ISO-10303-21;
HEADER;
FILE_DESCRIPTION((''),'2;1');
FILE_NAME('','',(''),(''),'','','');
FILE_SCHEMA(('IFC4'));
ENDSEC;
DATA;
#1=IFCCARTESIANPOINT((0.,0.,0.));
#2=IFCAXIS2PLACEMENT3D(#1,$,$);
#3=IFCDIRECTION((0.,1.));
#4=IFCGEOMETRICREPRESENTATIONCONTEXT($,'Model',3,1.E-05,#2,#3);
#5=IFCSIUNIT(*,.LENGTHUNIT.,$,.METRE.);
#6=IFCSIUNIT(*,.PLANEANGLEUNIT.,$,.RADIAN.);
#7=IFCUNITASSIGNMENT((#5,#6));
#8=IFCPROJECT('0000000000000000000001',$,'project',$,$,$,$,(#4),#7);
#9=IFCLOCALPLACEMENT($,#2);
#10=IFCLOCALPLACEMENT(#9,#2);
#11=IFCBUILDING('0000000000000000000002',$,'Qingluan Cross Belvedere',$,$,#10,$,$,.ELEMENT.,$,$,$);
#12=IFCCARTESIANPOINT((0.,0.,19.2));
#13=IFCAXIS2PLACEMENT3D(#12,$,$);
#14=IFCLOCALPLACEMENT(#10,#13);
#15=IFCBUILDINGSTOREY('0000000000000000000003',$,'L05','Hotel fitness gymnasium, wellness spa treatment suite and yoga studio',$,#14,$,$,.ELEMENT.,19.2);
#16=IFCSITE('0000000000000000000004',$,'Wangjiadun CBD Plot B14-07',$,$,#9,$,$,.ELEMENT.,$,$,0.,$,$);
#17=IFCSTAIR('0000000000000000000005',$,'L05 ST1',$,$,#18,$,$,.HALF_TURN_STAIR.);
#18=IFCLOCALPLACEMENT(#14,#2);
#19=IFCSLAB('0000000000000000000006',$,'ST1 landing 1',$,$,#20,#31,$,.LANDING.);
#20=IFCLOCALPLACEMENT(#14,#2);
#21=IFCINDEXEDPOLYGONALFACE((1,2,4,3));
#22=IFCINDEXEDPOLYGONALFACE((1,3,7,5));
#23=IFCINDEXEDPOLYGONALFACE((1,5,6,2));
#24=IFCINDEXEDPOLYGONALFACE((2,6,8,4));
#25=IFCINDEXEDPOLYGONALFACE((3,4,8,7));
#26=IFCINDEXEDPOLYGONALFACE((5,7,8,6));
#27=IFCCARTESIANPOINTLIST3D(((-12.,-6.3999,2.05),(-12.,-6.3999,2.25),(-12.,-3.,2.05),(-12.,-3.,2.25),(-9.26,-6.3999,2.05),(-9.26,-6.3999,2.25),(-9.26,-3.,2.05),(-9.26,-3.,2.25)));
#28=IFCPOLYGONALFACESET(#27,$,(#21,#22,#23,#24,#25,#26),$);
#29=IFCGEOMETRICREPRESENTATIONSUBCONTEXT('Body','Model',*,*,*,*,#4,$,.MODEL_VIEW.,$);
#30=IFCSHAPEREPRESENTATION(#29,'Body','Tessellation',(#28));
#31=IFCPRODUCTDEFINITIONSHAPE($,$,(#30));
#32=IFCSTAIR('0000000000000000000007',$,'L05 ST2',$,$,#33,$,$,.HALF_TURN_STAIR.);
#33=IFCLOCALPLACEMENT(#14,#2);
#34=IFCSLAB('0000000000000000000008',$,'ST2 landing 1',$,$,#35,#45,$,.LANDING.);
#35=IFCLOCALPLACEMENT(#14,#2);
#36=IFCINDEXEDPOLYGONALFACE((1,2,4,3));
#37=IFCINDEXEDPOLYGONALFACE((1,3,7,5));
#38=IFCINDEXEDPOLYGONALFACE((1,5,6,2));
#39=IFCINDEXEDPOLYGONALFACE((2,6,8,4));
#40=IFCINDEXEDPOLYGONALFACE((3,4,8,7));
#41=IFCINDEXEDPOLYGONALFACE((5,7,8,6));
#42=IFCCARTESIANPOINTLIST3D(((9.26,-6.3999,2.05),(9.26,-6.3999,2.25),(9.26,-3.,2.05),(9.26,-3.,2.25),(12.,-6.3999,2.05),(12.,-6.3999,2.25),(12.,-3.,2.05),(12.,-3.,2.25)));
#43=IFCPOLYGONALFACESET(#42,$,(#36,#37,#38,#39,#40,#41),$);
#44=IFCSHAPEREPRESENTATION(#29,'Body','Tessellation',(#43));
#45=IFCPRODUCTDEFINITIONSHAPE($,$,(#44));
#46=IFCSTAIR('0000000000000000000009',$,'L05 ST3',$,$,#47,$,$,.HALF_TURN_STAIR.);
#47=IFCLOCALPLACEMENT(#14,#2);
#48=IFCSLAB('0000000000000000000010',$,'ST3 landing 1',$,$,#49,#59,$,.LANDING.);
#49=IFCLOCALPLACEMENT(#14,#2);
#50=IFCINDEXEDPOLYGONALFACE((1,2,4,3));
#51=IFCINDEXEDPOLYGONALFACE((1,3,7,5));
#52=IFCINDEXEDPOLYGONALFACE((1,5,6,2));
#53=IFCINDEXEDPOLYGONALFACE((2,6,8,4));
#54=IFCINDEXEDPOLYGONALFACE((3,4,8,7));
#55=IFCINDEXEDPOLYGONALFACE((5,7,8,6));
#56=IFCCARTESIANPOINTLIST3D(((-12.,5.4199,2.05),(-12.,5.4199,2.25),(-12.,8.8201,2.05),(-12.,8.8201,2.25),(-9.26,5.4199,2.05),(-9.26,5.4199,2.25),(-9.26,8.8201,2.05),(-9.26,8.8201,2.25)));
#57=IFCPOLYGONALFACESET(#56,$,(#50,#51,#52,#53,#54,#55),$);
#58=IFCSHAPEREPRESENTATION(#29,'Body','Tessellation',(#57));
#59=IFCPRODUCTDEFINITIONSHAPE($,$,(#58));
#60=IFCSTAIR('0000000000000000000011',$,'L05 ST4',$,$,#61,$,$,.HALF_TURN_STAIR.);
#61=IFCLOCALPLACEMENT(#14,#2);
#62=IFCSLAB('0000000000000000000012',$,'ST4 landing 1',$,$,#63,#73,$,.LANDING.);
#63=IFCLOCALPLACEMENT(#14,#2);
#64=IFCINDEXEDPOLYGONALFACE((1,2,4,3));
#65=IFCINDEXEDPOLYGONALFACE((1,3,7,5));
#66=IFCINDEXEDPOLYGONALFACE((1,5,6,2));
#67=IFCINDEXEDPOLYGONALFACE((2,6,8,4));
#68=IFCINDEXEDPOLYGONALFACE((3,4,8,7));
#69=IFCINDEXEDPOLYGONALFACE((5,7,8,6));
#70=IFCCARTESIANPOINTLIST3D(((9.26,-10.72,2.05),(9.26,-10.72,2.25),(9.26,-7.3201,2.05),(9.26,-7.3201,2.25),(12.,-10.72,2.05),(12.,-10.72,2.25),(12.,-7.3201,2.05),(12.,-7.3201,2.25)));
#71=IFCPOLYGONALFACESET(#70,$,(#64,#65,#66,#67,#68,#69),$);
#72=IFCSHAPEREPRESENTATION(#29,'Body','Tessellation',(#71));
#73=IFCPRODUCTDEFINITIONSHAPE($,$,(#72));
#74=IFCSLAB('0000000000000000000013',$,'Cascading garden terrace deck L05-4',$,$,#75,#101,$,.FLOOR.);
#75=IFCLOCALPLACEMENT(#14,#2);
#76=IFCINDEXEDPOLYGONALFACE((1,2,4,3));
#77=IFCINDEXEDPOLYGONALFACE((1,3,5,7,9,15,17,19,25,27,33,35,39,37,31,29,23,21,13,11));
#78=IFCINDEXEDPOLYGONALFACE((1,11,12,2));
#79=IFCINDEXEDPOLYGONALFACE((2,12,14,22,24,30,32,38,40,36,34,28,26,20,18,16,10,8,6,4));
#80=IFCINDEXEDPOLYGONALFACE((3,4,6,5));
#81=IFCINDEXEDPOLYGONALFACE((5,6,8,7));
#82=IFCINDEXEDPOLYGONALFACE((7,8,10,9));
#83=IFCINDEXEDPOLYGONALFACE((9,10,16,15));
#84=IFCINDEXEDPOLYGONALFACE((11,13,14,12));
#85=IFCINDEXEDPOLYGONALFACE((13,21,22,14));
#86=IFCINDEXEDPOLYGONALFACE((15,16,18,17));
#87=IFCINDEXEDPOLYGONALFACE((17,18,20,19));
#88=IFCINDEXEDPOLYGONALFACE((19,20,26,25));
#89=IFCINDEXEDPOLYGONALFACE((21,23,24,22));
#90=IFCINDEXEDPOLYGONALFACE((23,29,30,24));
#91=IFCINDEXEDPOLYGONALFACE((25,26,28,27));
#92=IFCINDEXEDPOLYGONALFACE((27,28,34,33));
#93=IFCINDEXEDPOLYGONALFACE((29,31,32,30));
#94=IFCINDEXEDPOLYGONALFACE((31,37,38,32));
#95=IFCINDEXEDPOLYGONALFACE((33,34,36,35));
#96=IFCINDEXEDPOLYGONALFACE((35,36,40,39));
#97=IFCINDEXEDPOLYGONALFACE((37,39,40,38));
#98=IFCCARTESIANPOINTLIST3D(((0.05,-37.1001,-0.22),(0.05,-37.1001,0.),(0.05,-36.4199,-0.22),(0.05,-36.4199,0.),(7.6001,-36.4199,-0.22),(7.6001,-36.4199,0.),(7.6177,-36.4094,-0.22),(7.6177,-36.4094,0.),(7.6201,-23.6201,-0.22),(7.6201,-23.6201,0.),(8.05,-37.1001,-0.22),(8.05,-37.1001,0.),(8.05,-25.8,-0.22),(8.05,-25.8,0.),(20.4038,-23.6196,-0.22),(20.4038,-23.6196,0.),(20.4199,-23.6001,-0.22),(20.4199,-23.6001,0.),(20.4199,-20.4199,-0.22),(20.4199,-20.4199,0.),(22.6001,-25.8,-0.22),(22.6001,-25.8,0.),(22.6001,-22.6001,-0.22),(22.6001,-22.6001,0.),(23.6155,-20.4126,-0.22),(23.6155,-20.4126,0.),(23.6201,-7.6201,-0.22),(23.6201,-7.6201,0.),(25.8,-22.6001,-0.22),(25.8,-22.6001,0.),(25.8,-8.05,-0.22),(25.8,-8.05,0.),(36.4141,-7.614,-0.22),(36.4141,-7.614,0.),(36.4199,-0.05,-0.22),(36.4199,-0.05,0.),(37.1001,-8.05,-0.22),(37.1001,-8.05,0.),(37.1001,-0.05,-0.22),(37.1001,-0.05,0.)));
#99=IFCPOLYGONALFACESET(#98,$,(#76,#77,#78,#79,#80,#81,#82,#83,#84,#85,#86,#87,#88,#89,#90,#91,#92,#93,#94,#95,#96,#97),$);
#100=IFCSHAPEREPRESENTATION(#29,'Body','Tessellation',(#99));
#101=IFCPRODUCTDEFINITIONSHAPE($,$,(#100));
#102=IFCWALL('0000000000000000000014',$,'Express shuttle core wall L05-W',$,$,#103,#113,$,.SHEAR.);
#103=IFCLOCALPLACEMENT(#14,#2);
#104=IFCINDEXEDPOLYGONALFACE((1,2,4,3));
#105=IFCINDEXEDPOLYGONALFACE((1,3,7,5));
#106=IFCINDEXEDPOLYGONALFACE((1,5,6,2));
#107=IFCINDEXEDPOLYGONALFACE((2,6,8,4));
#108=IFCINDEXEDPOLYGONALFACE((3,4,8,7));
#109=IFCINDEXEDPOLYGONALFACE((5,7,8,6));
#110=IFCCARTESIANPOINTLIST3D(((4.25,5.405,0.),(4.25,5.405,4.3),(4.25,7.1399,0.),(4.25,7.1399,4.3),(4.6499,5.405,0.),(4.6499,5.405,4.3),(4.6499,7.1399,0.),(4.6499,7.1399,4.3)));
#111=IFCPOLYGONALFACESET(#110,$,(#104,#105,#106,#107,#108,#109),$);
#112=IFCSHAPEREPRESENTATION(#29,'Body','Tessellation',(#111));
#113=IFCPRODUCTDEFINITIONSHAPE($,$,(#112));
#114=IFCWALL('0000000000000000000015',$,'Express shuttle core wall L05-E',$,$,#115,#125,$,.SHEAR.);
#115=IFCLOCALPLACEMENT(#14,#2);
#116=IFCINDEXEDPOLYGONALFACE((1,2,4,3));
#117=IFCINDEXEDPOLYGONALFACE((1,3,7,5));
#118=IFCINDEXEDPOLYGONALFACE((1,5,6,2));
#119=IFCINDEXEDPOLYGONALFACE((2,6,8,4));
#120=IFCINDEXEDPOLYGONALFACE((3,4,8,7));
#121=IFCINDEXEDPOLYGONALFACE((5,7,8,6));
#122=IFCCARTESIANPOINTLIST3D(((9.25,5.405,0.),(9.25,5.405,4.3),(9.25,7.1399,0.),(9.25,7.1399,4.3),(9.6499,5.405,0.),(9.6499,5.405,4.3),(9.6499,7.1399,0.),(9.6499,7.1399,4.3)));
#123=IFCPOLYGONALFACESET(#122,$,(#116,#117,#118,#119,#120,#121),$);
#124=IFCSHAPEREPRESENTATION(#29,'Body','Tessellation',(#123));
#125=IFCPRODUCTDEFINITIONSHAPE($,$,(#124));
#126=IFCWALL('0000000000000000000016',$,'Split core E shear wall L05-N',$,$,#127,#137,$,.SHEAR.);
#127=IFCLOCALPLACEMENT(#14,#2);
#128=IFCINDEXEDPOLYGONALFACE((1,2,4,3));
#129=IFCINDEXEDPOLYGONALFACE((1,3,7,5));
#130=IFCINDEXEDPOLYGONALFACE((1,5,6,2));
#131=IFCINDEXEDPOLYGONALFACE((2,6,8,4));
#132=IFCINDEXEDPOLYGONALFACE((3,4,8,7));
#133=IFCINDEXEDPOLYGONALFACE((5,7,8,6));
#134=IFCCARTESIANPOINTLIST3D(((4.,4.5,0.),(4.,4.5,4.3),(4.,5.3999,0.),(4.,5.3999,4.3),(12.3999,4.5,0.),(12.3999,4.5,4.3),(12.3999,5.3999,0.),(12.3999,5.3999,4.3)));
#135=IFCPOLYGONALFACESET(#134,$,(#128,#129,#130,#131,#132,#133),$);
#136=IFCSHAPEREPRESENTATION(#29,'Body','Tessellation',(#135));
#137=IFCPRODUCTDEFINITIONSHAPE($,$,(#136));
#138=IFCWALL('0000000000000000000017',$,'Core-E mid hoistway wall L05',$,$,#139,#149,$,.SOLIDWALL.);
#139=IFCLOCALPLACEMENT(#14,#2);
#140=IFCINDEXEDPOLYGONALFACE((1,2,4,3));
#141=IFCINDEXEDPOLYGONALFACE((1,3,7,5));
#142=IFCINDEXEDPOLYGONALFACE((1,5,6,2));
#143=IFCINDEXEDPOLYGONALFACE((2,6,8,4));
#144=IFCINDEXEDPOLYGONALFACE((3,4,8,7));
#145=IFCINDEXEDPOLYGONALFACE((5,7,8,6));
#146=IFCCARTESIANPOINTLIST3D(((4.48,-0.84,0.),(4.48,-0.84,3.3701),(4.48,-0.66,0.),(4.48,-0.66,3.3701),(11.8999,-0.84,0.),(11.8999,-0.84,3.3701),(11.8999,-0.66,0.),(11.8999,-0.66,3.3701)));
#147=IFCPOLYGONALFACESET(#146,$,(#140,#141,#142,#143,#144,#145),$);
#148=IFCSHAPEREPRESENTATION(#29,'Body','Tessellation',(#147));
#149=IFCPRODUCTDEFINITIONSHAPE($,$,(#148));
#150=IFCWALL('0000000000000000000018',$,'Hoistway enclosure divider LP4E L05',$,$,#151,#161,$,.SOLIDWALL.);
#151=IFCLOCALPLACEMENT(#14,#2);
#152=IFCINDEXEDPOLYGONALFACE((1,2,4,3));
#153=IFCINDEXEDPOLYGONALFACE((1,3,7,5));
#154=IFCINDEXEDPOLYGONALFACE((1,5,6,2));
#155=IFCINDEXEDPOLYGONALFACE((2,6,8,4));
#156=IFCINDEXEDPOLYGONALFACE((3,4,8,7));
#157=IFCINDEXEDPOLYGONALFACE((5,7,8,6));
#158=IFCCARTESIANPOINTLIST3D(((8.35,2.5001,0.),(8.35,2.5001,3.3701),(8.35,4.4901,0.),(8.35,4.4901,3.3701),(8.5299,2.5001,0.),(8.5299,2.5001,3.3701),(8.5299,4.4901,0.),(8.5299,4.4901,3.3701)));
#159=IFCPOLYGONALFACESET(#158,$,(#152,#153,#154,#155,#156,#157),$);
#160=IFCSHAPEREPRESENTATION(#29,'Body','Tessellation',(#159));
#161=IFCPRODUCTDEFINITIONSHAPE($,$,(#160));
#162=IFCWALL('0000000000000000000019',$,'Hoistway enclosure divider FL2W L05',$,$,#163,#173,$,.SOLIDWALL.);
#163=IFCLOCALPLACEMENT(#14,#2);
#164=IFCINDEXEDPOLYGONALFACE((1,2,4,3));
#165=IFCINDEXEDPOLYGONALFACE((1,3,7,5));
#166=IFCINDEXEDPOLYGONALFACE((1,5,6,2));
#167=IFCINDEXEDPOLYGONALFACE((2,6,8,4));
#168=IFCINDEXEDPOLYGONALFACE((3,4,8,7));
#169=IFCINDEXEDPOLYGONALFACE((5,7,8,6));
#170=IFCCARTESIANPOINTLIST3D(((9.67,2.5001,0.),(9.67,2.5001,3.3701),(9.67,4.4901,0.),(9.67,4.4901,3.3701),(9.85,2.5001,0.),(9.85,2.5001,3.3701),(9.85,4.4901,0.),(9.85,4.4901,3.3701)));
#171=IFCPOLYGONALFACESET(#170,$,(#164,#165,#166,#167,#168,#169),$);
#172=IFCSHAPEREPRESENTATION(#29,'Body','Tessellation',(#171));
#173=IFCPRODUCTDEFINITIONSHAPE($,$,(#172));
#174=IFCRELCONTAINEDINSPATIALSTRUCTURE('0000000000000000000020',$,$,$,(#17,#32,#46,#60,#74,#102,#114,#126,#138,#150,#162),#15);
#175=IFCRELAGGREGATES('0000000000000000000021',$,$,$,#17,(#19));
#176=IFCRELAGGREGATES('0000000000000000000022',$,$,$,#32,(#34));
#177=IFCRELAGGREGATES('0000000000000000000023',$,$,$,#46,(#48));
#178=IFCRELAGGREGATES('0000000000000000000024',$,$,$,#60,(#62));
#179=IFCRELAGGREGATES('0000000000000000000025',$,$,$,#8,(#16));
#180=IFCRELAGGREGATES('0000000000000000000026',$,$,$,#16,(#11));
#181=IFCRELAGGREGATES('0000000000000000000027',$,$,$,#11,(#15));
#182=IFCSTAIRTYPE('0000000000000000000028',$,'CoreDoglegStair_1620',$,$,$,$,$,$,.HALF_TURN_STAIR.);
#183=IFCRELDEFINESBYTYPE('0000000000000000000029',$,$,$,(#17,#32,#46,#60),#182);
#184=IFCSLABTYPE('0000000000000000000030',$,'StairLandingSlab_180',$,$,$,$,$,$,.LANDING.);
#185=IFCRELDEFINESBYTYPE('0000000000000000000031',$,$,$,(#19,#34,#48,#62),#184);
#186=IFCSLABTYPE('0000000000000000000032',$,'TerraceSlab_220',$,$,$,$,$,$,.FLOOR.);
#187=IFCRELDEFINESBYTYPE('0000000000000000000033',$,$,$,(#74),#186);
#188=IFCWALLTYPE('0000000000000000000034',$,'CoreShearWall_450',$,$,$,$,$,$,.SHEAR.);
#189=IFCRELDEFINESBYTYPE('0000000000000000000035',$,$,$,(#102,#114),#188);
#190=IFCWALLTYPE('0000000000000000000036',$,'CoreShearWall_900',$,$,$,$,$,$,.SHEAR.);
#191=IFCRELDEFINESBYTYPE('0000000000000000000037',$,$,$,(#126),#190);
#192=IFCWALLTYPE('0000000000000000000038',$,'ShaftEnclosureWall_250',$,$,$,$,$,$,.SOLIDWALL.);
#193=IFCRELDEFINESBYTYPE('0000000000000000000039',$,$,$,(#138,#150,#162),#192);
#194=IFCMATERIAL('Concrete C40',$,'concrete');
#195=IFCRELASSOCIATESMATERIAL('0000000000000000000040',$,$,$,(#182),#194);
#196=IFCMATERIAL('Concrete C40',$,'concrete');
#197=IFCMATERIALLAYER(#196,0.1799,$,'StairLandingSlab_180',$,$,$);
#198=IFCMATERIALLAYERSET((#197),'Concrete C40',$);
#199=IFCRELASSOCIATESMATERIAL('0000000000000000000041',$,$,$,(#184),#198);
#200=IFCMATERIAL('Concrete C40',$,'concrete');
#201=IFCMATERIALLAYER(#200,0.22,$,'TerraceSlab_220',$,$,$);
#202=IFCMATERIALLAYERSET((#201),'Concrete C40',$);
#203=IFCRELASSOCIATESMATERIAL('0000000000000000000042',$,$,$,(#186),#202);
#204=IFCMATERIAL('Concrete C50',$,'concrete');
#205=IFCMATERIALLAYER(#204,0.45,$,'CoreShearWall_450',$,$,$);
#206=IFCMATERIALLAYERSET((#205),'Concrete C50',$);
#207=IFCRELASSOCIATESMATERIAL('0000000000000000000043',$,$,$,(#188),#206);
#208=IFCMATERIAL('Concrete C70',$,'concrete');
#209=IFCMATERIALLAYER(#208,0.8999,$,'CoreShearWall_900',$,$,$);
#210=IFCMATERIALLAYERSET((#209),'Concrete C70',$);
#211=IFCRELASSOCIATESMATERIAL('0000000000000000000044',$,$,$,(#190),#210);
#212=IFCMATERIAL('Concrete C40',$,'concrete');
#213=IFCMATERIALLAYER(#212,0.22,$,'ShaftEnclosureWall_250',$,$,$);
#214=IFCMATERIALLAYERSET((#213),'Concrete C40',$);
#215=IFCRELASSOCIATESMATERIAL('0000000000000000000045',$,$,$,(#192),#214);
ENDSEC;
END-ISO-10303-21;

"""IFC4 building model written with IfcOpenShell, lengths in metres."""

from ifc_helpers import new_model, si_unit, direction, frame, frame_2d, origin, place, context, subcontext, project, spatial, polyline, rectangle, outline, extrude, material, layer, layer_set, type_object, element, aggregate, save


model = new_model("IFC4")

# Units and contexts
model_context = context("Model", 3, precision=1e-05, world=origin(), true_north=direction((0.0, 1.0)))
body_context = subcontext(model_context, "Body", "Model", "MODEL_VIEW")
ifc_project = project(units=[si_unit("LENGTHUNIT", "METRE"), si_unit("PLANEANGLEUNIT", "RADIAN")], contexts=[model_context])

# Site, building, storey
site_placement = place(None, origin())
site = spatial("IfcSite", under=ifc_project, at=site_placement, Name="Wangjiadun CBD Plot B14-07", CompositionType="ELEMENT", RefElevation=0.0)
building_placement = place(site_placement, origin())
building = spatial("IfcBuilding", under=site, at=building_placement, Name="Qingluan Cross Belvedere", CompositionType="ELEMENT")
storey_placement = place(building_placement, frame((0.0, 0.0, 19.2)))
storey = spatial("IfcBuildingStorey", under=building, at=storey_placement, Name="L05", Description="Hotel fitness gymnasium, wellness spa treatment suite and yoga studio", CompositionType="ELEMENT", Elevation=19.2)

# Stairs, slabs
ifc_material_1 = material(Name="Concrete C40", Category="concrete")
stair_type = type_object("IfcStairType", Name="CoreDoglegStair_1620", PredefinedType="HALF_TURN_STAIR", material=ifc_material_1)
stair_1_placement = place(storey_placement, origin())
stair_1 = element("IfcStair", 1, at=stair_1_placement, inside=storey, type_object=stair_type, Name="L05 ST1", PredefinedType="HALF_TURN_STAIR")
ifc_material_2 = material(Name="Concrete C40", Category="concrete")
ifc_layer_1 = layer(ifc_material_2, 0.1799, Name="StairLandingSlab_180")
ifc_layer_set_1 = layer_set([ifc_layer_1], Name="Concrete C40")
slab_type_1 = type_object("IfcSlabType", Name="StairLandingSlab_180", PredefinedType="LANDING", material=ifc_layer_set_1)
slab_1_placement = place(storey_placement, frame((0.0, 0.0, 2.05)))
slab_1 = element("IfcSlab", 2, at=slab_1_placement, type_object=slab_type_1, Name="ST1 landing 1", PredefinedType="LANDING", context=body_context, shape_type="SweptSolid", body=[
    extrude(outline(polyline([(-9.26, -3.0), (-12.0, -3.0), (-12.0, -6.3999), (-9.26, -6.3999), (-9.26, -3.0)])), origin(), (0.0, 0.0, 1.0), 0.2),
])
aggregate(stair_1, [slab_1])
stair_2_placement = place(storey_placement, origin())
stair_2 = element("IfcStair", 3, at=stair_2_placement, inside=storey, type_object=stair_type, Name="L05 ST2", PredefinedType="HALF_TURN_STAIR")
slab_2_placement = place(storey_placement, frame((0.0, 0.0, 2.05)))
slab_2 = element("IfcSlab", 4, at=slab_2_placement, type_object=slab_type_1, Name="ST2 landing 1", PredefinedType="LANDING", context=body_context, shape_type="SweptSolid", body=[
    extrude(outline(polyline([(9.26, -6.3999), (12.0, -6.3999), (12.0, -3.0), (9.26, -3.0), (9.26, -6.3999)])), origin(), (0.0, 0.0, 1.0), 0.2),
])
aggregate(stair_2, [slab_2])
stair_3_placement = place(storey_placement, origin())
stair_3 = element("IfcStair", 5, at=stair_3_placement, inside=storey, type_object=stair_type, Name="L05 ST3", PredefinedType="HALF_TURN_STAIR")
slab_3_placement = place(storey_placement, frame((0.0, 0.0, 2.05)))
slab_3 = element("IfcSlab", 6, at=slab_3_placement, type_object=slab_type_1, Name="ST3 landing 1", PredefinedType="LANDING", context=body_context, shape_type="SweptSolid", body=[
    extrude(outline(polyline([(-9.26, 8.8201), (-12.0, 8.8201), (-12.0, 5.4199), (-9.26, 5.4199), (-9.26, 8.8201)])), origin(), (0.0, 0.0, 1.0), 0.2),
])
aggregate(stair_3, [slab_3])
stair_4_placement = place(storey_placement, origin())
stair_4 = element("IfcStair", 7, at=stair_4_placement, inside=storey, type_object=stair_type, Name="L05 ST4", PredefinedType="HALF_TURN_STAIR")
slab_4_placement = place(storey_placement, frame((0.0, 0.0, 2.05)))
slab_4 = element("IfcSlab", 8, at=slab_4_placement, type_object=slab_type_1, Name="ST4 landing 1", PredefinedType="LANDING", context=body_context, shape_type="SweptSolid", body=[
    extrude(outline(polyline([(9.26, -10.72), (12.0, -10.72), (12.0, -7.3201), (9.26, -7.3201), (9.26, -10.72)])), origin(), (0.0, 0.0, 1.0), 0.2),
])
aggregate(stair_4, [slab_4])

# Slab
ifc_material_3 = material(Name="Concrete C40", Category="concrete")
ifc_layer_2 = layer(ifc_material_3, 0.22, Name="TerraceSlab_220")
ifc_layer_set_2 = layer_set([ifc_layer_2], Name="Concrete C40")
slab_type_2 = type_object("IfcSlabType", Name="TerraceSlab_220", PredefinedType="FLOOR", material=ifc_layer_set_2)
slab_5_placement = place(storey_placement, frame((0.0, 0.0, -0.22)))
element("IfcSlab", 9, at=slab_5_placement, inside=storey, type_object=slab_type_2, Name="Cascading garden terrace deck L05-4", PredefinedType="FLOOR", context=body_context, shape_type="SweptSolid", body=[
    extrude(outline(polyline([(8.05, -37.1001), (8.05, -25.8), (22.6001, -25.8), (22.6001, -22.6001), (25.8, -22.6001), (25.8, -8.05), (37.1001, -8.05), (37.1001, -0.05), (36.4199, -0.05), (36.4141, -7.614), (23.6201, -7.6201), (23.6155, -20.4126), (20.4199, -20.4199), (20.4199, -23.6001), (20.4038, -23.6196), (7.6201, -23.6201), (7.6177, -36.4094), (7.6001, -36.4199), (0.05, -36.4199), (0.05, -37.1001), (8.05, -37.1001)])), origin(), (0.0, 0.0, 1.0), 0.22),
])

# Walls
ifc_material_4 = material(Name="Concrete C50", Category="concrete")
ifc_layer_3 = layer(ifc_material_4, 0.45, Name="CoreShearWall_450")
ifc_layer_set_3 = layer_set([ifc_layer_3], Name="Concrete C50")
wall_type_1 = type_object("IfcWallType", Name="CoreShearWall_450", PredefinedType="SHEAR", material=ifc_layer_set_3)
for number, where, z_axis, x_axis, name in (
    (10, (4.45, 5.405, 0.0), (0.0, 0.0, 1.0), (0.0, 1.0, 0.0), "Express shuttle core wall L05-W"),
    (11, (9.45, 5.405, 0.0), (0.0, 0.0, 1.0), (0.0, 1.0, 0.0), "Express shuttle core wall L05-E"),
):
    element("IfcWall", number, at=place(storey_placement, frame(where, z_axis=z_axis, x_axis=x_axis)), inside=storey, type_object=wall_type_1, Name=name, PredefinedType="SHEAR", context=body_context, shape_type="SweptSolid", body=[
        extrude(rectangle(XDim=1.7349, YDim=0.3999, at=frame_2d((0.8674, 0.0))), origin(), (0.0, 0.0, 1.0), 4.3),
    ])
ifc_material_5 = material(Name="Concrete C70", Category="concrete")
ifc_layer_4 = layer(ifc_material_5, 0.8999, Name="CoreShearWall_900")
ifc_layer_set_4 = layer_set([ifc_layer_4], Name="Concrete C70")
wall_type_2 = type_object("IfcWallType", Name="CoreShearWall_900", PredefinedType="SHEAR", material=ifc_layer_set_4)
wall_1_placement = place(storey_placement, frame((4.0, 4.95, 0.0), z_axis=(0.0, 0.0, 1.0), x_axis=(1.0, 0.0, 0.0)))
element("IfcWall", 12, at=wall_1_placement, inside=storey, type_object=wall_type_2, Name="Split core E shear wall L05-N", PredefinedType="SHEAR", context=body_context, shape_type="SweptSolid", body=[
    extrude(rectangle(XDim=8.3999, YDim=0.8999, at=frame_2d((4.2, 0.0))), origin(), (0.0, 0.0, 1.0), 4.3),
])

# Shared definitions
ifc_material_6 = material(Name="Concrete C40", Category="concrete")
ifc_layer_5 = layer(ifc_material_6, 0.22, Name="ShaftEnclosureWall_250")
ifc_layer_set_5 = layer_set([ifc_layer_5], Name="Concrete C40")
wall_type_3 = type_object("IfcWallType", Name="ShaftEnclosureWall_250", PredefinedType="SOLIDWALL", material=ifc_layer_set_5)

# Walls
wall_2_placement = place(storey_placement, frame((4.48, -0.75, 0.0), z_axis=(0.0, 0.0, 1.0), x_axis=(1.0, 0.0, 0.0)))
element("IfcWall", 13, at=wall_2_placement, inside=storey, type_object=wall_type_3, Name="Core-E mid hoistway wall L05", PredefinedType="SOLIDWALL", context=body_context, shape_type="SweptSolid", body=[
    extrude(rectangle(XDim=7.4199, YDim=0.1799, at=frame_2d((3.71, 0.0))), origin(), (0.0, 0.0, 1.0), 3.3701),
])
for number, where, z_axis, x_axis, name in (
    (14, (8.4399, 2.5, 0.0), (0.0, 0.0, 1.0), (0.0, 1.0, 0.0), "Hoistway enclosure divider LP4E L05"),
    (15, (9.76, 2.5, 0.0), (0.0, 0.0, 1.0), (0.0, 1.0, 0.0), "Hoistway enclosure divider FL2W L05"),
):
    element("IfcWall", number, at=place(storey_placement, frame(where, z_axis=z_axis, x_axis=x_axis)), inside=storey, type_object=wall_type_3, Name=name, PredefinedType="SOLIDWALL", context=body_context, shape_type="SweptSolid", body=[
        extrude(rectangle(XDim=1.99, YDim=0.1799, at=frame_2d((0.9951, 0.0))), origin(), (0.0, 0.0, 1.0), 3.3701),
    ])

save(model, "model.ifc")
